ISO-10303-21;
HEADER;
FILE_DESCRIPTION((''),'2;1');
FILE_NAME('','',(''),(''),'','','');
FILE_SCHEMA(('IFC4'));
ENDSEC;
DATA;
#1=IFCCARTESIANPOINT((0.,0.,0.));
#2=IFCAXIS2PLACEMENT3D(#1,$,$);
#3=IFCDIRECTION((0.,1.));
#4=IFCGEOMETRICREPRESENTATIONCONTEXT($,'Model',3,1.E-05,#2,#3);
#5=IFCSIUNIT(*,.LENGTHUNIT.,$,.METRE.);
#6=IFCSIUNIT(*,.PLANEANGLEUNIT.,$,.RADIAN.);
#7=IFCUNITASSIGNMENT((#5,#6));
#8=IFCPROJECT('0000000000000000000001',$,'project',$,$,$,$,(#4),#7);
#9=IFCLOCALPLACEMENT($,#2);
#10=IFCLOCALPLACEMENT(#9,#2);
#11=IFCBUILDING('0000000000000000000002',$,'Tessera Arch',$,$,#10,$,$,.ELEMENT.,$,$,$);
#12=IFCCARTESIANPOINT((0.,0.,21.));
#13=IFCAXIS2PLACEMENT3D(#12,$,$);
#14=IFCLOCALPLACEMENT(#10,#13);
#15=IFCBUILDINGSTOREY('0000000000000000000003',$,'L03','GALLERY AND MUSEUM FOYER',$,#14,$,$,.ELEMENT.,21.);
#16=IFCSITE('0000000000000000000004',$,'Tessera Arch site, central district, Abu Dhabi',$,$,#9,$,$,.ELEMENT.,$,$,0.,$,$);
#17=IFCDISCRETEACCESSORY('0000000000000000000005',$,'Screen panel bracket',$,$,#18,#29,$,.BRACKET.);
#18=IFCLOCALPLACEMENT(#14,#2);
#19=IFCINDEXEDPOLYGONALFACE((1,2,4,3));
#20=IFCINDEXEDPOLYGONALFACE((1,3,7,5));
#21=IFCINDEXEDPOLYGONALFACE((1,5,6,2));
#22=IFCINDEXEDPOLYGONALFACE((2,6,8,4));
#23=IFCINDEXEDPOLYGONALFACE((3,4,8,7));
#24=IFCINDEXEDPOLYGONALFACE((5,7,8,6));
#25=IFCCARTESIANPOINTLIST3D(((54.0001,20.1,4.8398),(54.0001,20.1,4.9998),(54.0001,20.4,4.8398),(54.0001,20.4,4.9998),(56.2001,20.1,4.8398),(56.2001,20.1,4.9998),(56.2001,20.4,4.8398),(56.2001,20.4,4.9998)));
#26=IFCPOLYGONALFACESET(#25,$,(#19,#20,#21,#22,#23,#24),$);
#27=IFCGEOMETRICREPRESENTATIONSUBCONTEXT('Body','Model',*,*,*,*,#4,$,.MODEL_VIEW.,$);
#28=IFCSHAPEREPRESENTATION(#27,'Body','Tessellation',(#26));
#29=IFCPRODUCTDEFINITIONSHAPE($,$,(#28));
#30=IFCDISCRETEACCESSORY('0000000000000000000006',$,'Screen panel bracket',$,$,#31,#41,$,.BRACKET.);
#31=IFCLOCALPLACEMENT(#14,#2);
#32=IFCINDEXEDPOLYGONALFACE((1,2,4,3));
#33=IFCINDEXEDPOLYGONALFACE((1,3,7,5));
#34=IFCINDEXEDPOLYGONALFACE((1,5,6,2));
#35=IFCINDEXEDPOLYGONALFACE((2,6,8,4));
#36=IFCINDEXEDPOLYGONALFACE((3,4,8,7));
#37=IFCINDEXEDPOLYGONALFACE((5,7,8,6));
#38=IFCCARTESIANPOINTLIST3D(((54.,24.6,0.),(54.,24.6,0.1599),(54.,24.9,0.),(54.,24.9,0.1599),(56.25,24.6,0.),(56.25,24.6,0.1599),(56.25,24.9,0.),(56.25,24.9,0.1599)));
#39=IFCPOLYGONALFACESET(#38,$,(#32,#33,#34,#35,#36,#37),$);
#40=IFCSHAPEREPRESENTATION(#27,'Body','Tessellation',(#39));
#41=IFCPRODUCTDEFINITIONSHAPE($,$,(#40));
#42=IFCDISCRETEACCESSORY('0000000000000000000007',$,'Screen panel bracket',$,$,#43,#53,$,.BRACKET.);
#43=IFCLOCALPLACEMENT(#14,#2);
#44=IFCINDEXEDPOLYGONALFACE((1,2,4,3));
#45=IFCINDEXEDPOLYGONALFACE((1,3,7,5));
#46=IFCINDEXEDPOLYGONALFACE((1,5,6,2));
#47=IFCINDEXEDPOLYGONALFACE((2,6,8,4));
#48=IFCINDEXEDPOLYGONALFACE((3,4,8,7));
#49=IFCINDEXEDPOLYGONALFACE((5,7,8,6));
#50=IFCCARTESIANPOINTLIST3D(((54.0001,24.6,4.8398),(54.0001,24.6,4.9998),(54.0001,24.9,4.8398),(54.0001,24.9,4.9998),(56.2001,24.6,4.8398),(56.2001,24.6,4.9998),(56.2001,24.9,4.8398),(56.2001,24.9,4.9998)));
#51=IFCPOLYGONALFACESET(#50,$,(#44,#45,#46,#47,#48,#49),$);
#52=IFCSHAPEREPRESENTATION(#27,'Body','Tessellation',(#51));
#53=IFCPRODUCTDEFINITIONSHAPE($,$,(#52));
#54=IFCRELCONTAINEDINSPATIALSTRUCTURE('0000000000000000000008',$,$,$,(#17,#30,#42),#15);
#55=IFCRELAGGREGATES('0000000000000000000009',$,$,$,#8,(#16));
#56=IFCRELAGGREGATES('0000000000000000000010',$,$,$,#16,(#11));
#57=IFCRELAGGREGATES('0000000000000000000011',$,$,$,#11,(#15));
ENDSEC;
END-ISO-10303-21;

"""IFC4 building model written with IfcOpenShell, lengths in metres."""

from ifc_helpers import new_model, si_unit, direction, frame, origin, origin_2d, place, context, subcontext, project, spatial, rectangle, extrude, element, save


model = new_model("IFC4")

# Units and contexts
model_context = context("Model", 3, precision=1e-05, world=origin(), true_north=direction((0.0, 1.0)))
body_context = subcontext(model_context, "Body", "Model", "MODEL_VIEW")
ifc_project = project(units=[si_unit("LENGTHUNIT", "METRE"), si_unit("PLANEANGLEUNIT", "RADIAN")], contexts=[model_context])

# Site, building, storey
site_placement = place(None, origin())
site = spatial("IfcSite", under=ifc_project, at=site_placement, Name="Tessera Arch site, central district, Abu Dhabi", CompositionType="ELEMENT", RefElevation=0.0)
building_placement = place(site_placement, origin())
building = spatial("IfcBuilding", under=site, at=building_placement, Name="Tessera Arch", CompositionType="ELEMENT")
storey_placement = place(building_placement, frame((0.0, 0.0, 21.0)))
storey = spatial("IfcBuildingStorey", under=building, at=storey_placement, Name="L03", Description="GALLERY AND MUSEUM FOYER", CompositionType="ELEMENT", Elevation=21.0)

# Discrete accessories
discrete_accessory_1_placement = place(storey_placement, frame((55.1001, 20.25, 4.8398), z_axis=(0.0, 0.0, 1.0), x_axis=(1.0, 0.0, 0.0)))
element("IfcDiscreteAccessory", 1, at=discrete_accessory_1_placement, inside=storey, Name="Screen panel bracket", PredefinedType="BRACKET", context=body_context, shape_type="SweptSolid", body=[
    extrude(rectangle(XDim=2.2, YDim=0.3, at=origin_2d()), origin(), (0.0, 0.0, 1.0), 0.1599),
])
discrete_accessory_2_placement = place(storey_placement, frame((55.125, 24.75, 0.0), z_axis=(0.0, 0.0, 1.0), x_axis=(1.0, 0.0, 0.0)))
element("IfcDiscreteAccessory", 2, at=discrete_accessory_2_placement, inside=storey, Name="Screen panel bracket", PredefinedType="BRACKET", context=body_context, shape_type="SweptSolid", body=[
    extrude(rectangle(XDim=2.25, YDim=0.3, at=origin_2d()), origin(), (0.0, 0.0, 1.0), 0.1599),
])
discrete_accessory_3_placement = place(storey_placement, frame((55.1001, 24.75, 4.8398), z_axis=(0.0, 0.0, 1.0), x_axis=(1.0, 0.0, 0.0)))
element("IfcDiscreteAccessory", 3, at=discrete_accessory_3_placement, inside=storey, Name="Screen panel bracket", PredefinedType="BRACKET", context=body_context, shape_type="SweptSolid", body=[
    extrude(rectangle(XDim=2.2, YDim=0.3, at=origin_2d()), origin(), (0.0, 0.0, 1.0), 0.1599),
])

save(model, "model.ifc")
